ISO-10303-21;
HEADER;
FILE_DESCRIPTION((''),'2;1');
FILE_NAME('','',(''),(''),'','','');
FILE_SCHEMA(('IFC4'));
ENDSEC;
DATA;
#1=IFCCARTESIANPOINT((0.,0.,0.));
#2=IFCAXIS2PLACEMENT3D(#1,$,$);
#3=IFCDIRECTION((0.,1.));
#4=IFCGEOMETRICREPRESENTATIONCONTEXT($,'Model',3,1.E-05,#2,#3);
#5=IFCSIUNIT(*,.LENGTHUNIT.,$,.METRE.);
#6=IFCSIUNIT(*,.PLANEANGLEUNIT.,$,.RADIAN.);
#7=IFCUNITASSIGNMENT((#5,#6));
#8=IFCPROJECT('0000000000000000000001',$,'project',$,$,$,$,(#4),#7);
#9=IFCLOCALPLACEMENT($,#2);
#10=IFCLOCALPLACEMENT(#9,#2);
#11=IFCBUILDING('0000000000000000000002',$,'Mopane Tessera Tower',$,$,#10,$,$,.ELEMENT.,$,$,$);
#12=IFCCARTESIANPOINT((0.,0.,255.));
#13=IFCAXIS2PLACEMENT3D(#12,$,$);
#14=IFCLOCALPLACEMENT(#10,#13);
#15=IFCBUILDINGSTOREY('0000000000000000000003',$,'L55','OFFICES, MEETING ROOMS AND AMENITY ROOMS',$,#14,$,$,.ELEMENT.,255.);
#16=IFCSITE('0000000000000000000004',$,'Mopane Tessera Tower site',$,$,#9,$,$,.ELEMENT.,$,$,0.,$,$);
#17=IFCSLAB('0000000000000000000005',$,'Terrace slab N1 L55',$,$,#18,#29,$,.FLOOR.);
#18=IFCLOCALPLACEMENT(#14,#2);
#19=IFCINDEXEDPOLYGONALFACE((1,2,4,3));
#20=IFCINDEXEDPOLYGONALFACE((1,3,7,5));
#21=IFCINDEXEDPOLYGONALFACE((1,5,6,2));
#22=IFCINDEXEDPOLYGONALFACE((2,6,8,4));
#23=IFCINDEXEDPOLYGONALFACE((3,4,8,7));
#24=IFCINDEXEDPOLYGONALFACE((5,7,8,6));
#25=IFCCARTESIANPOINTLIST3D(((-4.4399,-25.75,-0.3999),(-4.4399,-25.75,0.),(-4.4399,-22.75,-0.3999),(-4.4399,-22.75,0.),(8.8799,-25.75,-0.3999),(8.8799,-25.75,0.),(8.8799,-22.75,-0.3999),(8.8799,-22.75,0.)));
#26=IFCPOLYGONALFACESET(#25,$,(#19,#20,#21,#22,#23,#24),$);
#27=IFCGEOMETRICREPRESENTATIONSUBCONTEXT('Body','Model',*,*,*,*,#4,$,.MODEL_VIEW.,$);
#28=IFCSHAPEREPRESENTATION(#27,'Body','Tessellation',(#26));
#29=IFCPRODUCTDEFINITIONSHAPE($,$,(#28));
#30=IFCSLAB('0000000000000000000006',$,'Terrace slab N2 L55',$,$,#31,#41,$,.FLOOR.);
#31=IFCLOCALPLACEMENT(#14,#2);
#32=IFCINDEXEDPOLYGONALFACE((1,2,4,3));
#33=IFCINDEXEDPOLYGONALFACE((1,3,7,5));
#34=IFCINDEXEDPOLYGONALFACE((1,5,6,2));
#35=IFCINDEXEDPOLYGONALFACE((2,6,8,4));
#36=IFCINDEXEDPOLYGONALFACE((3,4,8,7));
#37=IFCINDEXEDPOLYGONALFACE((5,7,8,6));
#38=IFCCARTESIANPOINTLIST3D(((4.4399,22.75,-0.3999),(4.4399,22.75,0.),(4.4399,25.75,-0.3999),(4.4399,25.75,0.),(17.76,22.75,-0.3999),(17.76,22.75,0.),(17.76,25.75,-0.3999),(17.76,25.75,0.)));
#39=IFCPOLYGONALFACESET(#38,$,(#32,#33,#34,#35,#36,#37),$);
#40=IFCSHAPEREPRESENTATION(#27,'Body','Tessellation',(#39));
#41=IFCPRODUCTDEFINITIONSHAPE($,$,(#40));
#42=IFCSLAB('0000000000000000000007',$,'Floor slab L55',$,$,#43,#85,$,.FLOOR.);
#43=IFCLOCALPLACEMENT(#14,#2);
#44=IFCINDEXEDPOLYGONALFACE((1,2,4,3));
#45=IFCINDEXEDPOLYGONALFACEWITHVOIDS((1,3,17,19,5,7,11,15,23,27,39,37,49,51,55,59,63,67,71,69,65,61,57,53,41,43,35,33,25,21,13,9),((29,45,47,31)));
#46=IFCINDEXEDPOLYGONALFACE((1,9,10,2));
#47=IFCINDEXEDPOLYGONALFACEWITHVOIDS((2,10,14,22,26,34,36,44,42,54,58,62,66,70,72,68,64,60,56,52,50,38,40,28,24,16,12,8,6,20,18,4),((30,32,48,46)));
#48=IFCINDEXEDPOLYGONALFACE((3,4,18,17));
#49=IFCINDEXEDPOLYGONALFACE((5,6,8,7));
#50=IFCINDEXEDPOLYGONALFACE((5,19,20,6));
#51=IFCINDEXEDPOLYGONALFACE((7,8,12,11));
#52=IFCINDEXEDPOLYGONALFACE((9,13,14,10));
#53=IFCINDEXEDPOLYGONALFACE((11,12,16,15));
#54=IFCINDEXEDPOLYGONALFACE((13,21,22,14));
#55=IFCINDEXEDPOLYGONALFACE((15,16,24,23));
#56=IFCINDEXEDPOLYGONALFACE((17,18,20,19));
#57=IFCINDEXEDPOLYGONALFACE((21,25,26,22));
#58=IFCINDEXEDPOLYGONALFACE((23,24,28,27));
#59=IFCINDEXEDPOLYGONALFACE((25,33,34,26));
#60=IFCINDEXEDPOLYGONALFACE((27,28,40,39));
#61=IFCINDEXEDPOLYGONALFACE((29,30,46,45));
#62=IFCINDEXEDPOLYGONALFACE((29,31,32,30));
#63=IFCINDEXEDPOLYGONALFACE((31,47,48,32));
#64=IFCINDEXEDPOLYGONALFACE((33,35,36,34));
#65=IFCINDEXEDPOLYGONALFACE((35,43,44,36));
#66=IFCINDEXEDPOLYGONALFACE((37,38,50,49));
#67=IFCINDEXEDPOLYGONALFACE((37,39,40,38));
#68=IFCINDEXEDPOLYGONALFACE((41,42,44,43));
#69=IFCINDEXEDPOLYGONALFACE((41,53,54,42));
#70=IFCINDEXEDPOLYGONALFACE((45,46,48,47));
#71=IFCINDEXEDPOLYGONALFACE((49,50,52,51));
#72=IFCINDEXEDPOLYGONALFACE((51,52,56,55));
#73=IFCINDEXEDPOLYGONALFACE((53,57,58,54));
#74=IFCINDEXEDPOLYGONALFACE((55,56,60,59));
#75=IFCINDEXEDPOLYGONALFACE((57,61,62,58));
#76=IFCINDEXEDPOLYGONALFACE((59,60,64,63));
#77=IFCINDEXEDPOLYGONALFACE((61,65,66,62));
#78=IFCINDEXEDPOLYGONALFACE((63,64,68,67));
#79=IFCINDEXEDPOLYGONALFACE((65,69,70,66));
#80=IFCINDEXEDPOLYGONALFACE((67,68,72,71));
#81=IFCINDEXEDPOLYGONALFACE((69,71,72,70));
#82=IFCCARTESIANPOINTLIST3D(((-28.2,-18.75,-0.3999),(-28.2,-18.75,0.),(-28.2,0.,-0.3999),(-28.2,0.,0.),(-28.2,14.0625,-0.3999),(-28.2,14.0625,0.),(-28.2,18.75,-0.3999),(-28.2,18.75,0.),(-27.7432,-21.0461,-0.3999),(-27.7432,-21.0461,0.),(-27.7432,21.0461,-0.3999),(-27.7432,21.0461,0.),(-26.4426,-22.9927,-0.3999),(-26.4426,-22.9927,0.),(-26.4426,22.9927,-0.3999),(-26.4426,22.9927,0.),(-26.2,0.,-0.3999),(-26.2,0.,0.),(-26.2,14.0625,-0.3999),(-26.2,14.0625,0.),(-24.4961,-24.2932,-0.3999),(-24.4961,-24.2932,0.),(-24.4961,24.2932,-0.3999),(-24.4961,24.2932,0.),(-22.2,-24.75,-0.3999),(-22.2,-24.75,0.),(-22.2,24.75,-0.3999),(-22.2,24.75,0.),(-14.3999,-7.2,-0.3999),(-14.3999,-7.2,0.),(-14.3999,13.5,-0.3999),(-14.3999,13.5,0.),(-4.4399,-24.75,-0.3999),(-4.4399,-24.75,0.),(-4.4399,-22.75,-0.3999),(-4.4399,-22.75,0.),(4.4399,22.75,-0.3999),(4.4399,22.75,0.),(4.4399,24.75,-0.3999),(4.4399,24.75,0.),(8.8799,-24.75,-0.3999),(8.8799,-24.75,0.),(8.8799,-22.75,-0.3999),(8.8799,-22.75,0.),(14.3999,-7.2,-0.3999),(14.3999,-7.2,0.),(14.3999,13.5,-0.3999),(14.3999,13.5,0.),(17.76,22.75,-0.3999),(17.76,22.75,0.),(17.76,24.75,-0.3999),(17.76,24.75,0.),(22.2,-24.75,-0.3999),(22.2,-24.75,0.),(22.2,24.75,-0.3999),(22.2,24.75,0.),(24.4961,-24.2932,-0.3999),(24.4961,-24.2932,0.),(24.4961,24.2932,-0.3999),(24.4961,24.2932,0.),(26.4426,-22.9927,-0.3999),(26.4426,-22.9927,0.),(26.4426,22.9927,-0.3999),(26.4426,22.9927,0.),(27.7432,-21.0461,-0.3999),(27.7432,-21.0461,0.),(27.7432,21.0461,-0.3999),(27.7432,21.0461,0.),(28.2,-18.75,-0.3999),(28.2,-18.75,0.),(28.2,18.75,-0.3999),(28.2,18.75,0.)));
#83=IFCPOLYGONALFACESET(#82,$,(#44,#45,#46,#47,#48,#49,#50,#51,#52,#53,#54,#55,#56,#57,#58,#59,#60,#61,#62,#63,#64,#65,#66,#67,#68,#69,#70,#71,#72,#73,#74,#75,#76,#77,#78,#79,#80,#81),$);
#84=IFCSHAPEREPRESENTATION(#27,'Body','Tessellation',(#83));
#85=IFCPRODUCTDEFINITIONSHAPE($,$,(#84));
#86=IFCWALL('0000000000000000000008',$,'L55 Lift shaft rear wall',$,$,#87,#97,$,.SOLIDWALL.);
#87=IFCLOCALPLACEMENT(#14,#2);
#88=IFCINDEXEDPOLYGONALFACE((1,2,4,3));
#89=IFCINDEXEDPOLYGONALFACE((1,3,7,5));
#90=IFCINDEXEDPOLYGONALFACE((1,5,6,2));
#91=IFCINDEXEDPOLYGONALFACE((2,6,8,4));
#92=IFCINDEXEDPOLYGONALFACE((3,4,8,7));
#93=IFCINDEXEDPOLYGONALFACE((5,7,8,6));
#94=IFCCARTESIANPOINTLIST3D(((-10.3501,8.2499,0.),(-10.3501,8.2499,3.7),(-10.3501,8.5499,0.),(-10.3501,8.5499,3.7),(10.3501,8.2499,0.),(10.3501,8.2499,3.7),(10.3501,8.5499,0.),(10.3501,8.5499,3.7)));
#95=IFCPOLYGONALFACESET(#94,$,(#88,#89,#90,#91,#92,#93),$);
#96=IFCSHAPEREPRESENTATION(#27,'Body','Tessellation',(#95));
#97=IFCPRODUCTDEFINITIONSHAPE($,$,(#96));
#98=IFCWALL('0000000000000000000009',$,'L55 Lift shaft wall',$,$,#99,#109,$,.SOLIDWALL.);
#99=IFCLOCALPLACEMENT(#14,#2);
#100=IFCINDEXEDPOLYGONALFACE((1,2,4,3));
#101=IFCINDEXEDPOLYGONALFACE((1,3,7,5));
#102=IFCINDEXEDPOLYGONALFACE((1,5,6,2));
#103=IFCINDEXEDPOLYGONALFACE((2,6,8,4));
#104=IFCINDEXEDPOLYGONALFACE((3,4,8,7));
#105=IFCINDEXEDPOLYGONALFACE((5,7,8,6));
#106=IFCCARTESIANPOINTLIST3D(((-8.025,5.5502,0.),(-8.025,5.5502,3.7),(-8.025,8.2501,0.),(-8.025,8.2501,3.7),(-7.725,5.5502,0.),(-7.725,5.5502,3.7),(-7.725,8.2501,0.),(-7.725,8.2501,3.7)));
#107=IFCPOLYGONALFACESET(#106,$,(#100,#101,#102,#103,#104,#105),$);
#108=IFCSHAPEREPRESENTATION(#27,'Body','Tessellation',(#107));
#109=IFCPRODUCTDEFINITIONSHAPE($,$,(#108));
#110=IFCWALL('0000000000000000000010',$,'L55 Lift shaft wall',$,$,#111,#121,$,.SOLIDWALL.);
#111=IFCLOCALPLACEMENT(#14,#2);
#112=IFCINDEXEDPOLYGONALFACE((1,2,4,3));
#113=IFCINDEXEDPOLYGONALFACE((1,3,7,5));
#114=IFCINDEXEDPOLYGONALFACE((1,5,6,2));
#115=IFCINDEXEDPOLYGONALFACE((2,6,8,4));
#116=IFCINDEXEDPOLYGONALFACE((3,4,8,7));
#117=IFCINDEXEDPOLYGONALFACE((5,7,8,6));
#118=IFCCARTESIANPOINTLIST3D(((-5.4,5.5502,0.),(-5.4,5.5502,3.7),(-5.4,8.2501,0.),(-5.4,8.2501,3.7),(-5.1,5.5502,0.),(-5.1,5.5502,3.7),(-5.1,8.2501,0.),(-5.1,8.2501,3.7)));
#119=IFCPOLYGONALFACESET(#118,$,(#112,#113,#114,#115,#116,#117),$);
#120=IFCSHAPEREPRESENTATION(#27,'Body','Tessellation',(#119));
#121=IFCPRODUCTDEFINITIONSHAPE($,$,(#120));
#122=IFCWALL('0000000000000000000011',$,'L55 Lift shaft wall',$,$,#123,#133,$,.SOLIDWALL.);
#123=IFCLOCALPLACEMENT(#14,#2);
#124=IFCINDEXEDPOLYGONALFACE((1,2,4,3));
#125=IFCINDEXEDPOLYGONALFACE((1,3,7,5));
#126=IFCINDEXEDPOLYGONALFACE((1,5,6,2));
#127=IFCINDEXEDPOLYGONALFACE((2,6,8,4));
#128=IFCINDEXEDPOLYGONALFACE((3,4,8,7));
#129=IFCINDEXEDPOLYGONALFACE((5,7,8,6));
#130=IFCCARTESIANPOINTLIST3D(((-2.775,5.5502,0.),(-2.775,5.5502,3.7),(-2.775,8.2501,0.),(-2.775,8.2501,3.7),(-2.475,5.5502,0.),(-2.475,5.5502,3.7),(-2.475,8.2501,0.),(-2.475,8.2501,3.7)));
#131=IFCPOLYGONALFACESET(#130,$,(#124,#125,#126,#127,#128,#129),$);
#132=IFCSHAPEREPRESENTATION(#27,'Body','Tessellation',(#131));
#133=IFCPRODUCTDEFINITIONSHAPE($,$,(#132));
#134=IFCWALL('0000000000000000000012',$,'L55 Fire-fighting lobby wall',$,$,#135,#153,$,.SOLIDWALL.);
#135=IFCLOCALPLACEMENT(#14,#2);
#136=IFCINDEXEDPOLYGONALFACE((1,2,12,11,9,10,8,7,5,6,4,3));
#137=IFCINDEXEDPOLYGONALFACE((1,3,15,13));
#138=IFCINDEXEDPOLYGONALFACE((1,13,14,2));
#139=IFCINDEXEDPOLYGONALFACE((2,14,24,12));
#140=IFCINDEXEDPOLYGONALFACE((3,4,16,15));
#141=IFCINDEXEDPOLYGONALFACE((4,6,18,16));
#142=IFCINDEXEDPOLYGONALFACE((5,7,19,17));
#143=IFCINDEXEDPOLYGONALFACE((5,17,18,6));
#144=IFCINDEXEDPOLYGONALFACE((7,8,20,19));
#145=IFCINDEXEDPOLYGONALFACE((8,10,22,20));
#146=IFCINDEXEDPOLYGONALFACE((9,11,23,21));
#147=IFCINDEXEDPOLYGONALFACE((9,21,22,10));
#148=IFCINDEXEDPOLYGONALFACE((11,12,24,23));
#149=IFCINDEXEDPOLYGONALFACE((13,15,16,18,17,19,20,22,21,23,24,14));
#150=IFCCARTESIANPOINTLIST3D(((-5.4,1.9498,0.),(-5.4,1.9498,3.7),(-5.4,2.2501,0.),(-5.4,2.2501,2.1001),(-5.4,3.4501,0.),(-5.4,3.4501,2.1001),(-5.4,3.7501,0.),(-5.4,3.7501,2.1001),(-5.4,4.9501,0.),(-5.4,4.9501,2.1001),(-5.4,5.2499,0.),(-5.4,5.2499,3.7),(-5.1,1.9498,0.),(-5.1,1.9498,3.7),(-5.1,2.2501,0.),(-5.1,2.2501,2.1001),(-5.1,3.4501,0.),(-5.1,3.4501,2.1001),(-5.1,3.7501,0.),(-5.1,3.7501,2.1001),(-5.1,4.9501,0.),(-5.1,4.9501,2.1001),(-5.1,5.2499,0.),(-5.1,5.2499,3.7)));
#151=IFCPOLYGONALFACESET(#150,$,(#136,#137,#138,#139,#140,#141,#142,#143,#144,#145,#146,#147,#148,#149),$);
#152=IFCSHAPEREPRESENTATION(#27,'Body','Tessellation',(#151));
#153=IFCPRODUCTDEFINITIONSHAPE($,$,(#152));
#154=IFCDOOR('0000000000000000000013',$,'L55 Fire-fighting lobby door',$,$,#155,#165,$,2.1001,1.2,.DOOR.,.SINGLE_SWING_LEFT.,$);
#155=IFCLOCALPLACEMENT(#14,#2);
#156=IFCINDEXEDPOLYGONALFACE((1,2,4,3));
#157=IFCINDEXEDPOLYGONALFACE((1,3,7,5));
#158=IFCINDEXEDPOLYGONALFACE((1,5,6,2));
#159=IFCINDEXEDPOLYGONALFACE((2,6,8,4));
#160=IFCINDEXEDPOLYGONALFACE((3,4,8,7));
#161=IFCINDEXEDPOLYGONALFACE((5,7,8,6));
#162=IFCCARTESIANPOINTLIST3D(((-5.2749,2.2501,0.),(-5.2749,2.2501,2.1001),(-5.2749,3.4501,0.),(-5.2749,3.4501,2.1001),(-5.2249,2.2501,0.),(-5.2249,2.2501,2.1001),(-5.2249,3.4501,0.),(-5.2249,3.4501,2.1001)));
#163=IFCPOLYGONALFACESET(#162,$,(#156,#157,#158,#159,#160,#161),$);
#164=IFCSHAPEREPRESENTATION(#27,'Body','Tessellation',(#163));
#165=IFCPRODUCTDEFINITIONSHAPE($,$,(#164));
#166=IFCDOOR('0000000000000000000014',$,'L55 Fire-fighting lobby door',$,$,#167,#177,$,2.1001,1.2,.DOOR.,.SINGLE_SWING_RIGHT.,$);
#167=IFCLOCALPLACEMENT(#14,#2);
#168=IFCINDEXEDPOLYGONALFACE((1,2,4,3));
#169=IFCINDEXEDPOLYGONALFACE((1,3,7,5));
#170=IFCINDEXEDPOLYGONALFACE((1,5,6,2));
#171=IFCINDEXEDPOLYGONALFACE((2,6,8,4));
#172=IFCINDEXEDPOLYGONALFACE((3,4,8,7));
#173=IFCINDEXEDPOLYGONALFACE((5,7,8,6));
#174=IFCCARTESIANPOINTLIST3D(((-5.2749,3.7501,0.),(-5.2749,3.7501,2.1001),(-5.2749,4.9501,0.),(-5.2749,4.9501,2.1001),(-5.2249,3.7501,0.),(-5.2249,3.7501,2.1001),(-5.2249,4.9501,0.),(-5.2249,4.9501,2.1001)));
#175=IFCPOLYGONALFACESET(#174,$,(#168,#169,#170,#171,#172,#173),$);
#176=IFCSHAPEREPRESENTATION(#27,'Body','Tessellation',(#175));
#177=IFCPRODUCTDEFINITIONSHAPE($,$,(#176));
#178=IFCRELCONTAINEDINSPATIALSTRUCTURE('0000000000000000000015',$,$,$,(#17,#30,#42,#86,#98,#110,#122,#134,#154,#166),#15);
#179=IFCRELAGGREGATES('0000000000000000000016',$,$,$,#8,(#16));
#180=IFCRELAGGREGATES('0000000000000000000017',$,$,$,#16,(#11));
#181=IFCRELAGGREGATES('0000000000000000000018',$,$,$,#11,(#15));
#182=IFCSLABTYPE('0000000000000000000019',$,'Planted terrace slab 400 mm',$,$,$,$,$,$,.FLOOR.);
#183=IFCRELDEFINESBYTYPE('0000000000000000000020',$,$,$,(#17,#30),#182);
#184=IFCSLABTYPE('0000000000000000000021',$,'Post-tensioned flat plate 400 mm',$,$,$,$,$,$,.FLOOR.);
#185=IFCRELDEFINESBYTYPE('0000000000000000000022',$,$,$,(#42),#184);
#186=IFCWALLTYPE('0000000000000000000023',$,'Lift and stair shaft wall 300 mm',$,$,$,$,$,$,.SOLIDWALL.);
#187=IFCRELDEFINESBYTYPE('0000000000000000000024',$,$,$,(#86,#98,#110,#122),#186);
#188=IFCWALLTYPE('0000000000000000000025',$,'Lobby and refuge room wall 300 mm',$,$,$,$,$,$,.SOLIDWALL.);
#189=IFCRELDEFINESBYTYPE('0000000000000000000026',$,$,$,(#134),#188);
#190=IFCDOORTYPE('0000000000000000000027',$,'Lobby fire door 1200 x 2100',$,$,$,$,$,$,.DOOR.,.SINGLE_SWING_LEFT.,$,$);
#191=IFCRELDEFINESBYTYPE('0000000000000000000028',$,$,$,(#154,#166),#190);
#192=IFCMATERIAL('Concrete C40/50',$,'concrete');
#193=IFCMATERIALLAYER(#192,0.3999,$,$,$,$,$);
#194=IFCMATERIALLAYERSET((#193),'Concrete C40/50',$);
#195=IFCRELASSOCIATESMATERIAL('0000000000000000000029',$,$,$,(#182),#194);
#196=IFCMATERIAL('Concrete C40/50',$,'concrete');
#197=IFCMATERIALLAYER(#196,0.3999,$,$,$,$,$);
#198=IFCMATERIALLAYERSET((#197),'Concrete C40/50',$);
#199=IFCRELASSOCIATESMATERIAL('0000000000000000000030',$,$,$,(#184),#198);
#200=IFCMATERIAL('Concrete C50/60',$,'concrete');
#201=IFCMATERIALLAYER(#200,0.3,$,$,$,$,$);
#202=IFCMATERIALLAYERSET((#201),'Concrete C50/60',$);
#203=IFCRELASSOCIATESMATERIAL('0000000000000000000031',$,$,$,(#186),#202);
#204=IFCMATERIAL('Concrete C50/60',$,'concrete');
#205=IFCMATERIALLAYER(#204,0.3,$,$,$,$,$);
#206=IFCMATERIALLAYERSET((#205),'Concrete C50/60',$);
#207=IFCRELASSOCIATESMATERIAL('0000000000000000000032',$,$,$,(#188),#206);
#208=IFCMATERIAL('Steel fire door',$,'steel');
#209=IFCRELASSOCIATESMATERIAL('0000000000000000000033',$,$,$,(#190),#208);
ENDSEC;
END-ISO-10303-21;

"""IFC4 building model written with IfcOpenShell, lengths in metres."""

from ifc_helpers import new_model, si_unit, direction, frame, frame_2d, origin, place, context, subcontext, project, spatial, polyline, rectangle, outline, extrude, material, layer, layer_set, type_object, element, fill, save


model = new_model("IFC4")

# Units and contexts
model_context = context("Model", 3, precision=1e-05, world=origin(), true_north=direction((0.0, 1.0)))
body_context = subcontext(model_context, "Body", "Model", "MODEL_VIEW")
ifc_project = project(units=[si_unit("LENGTHUNIT", "METRE"), si_unit("PLANEANGLEUNIT", "RADIAN")], contexts=[model_context])

# Site, building, storey
site_placement = place(None, origin())
site = spatial("IfcSite", under=ifc_project, at=site_placement, Name="Mopane Tessera Tower site", CompositionType="ELEMENT", RefElevation=0.0)
building_placement = place(site_placement, origin())
building = spatial("IfcBuilding", under=site, at=building_placement, Name="Mopane Tessera Tower", CompositionType="ELEMENT")
storey_placement = place(building_placement, frame((0.0, 0.0, 255.0)))
storey = spatial("IfcBuildingStorey", under=building, at=storey_placement, Name="L55", Description="OFFICES, MEETING ROOMS AND AMENITY ROOMS", CompositionType="ELEMENT", Elevation=255.0)

# Slabs
ifc_material_1 = material(Name="Concrete C40/50", Category="concrete")
ifc_layer_1 = layer(ifc_material_1, 0.3999)
ifc_layer_set_1 = layer_set([ifc_layer_1], Name="Concrete C40/50")
slab_type_1 = type_object("IfcSlabType", Name="Planted terrace slab 400 mm", PredefinedType="FLOOR", material=ifc_layer_set_1)
slab_1_placement = place(storey_placement, frame((0.0, 0.0, -0.3999)))
element("IfcSlab", 1, at=slab_1_placement, inside=storey, type_object=slab_type_1, Name="Terrace slab N1 L55", PredefinedType="FLOOR", context=body_context, shape_type="SweptSolid", body=[
    extrude(outline(polyline([(8.8799, -25.75), (8.8799, -22.75), (-4.4399, -22.75), (-4.4399, -25.75), (8.8799, -25.75)])), origin(), (0.0, 0.0, 1.0), 0.3999),
])
slab_2_placement = place(storey_placement, frame((0.0, 0.0, -0.3999)))
element("IfcSlab", 2, at=slab_2_placement, inside=storey, type_object=slab_type_1, Name="Terrace slab N2 L55", PredefinedType="FLOOR", context=body_context, shape_type="SweptSolid", body=[
    extrude(outline(polyline([(4.4399, 25.75), (4.4399, 22.75), (17.76, 22.75), (17.76, 25.75), (4.4399, 25.75)])), origin(), (0.0, 0.0, 1.0), 0.3999),
])
ifc_material_2 = material(Name="Concrete C40/50", Category="concrete")
ifc_layer_2 = layer(ifc_material_2, 0.3999)
ifc_layer_set_2 = layer_set([ifc_layer_2], Name="Concrete C40/50")
slab_type_2 = type_object("IfcSlabType", Name="Post-tensioned flat plate 400 mm", PredefinedType="FLOOR", material=ifc_layer_set_2)
slab_3_placement = place(storey_placement, frame((0.0, 0.0, -0.3999)))
element("IfcSlab", 3, at=slab_3_placement, inside=storey, type_object=slab_type_2, Name="Floor slab L55", PredefinedType="FLOOR", context=body_context, shape_type="SweptSolid", body=[
    extrude(outline(polyline([(-22.2, -24.75), (-4.4399, -24.75), (-4.4399, -22.75), (8.8799, -22.75), (8.8799, -24.75), (22.2, -24.75), (24.4961, -24.2932), (26.4426, -22.9927), (27.7432, -21.0461), (28.2, -18.75), (28.2, 18.75), (27.7432, 21.0461), (26.4426, 22.9927), (24.4961, 24.2932), (22.2, 24.75), (17.76, 24.75), (17.76, 22.75), (4.4399, 22.75), (4.4399, 24.75), (-22.2, 24.75), (-24.4961, 24.2932), (-26.4426, 22.9927), (-27.7432, 21.0461), (-28.2, 18.75), (-28.2, 14.0625), (-26.2, 14.0625), (-26.2, 0.0), (-28.2, 0.0), (-28.2, -18.75), (-27.7432, -21.0461), (-26.4426, -22.9927), (-24.4961, -24.2932), (-22.2, -24.75)]), holes=[polyline([(14.3999, -7.2), (-14.3999, -7.2), (-14.3999, 13.5), (14.3999, 13.5), (14.3999, -7.2)])]), origin(), (0.0, 0.0, 1.0), 0.3999),
])

# Walls
ifc_material_3 = material(Name="Concrete C50/60", Category="concrete")
ifc_layer_3 = layer(ifc_material_3, 0.3)
ifc_layer_set_3 = layer_set([ifc_layer_3], Name="Concrete C50/60")
wall_type_1 = type_object("IfcWallType", Name="Lift and stair shaft wall 300 mm", PredefinedType="SOLIDWALL", material=ifc_layer_set_3)
wall_1_placement = place(storey_placement, frame((-10.3501, 8.3999, 0.0), z_axis=(0.0, 0.0, 1.0), x_axis=(1.0, 0.0, 0.0)))
element("IfcWall", 4, at=wall_1_placement, inside=storey, type_object=wall_type_1, Name="L55 Lift shaft rear wall", PredefinedType="SOLIDWALL", context=body_context, shape_type="SweptSolid", body=[
    extrude(rectangle(XDim=20.7002, YDim=0.3, at=frame_2d((10.3501, 0.0))), origin(), (0.0, 0.0, 1.0), 3.7),
])
for number, where, z_axis, x_axis, name in (
    (5, (-7.875, 5.55, 0.0), (0.0, 0.0, 1.0), (0.0, 1.0, 0.0), "L55 Lift shaft wall"),
    (6, (-5.25, 5.55, 0.0), (0.0, 0.0, 1.0), (0.0, 1.0, 0.0), "L55 Lift shaft wall"),
    (7, (-2.625, 5.55, 0.0), (0.0, 0.0, 1.0), (0.0, 1.0, 0.0), "L55 Lift shaft wall"),
):
    element("IfcWall", number, at=place(storey_placement, frame(where, z_axis=z_axis, x_axis=x_axis)), inside=storey, type_object=wall_type_1, Name=name, PredefinedType="SOLIDWALL", context=body_context, shape_type="SweptSolid", body=[
        extrude(rectangle(XDim=2.7, YDim=0.3, at=frame_2d((1.3501, 0.0))), origin(), (0.0, 0.0, 1.0), 3.7),
    ])

# Wall, openings, doors
ifc_material_4 = material(Name="Concrete C50/60", Category="concrete")
ifc_layer_4 = layer(ifc_material_4, 0.3)
ifc_layer_set_4 = layer_set([ifc_layer_4], Name="Concrete C50/60")
wall_type_2 = type_object("IfcWallType", Name="Lobby and refuge room wall 300 mm", PredefinedType="SOLIDWALL", material=ifc_layer_set_4)
wall_2_placement = place(storey_placement, frame((-5.25, 1.95, 0.0), z_axis=(0.0, 0.0, 1.0), x_axis=(0.0, 1.0, 0.0)))
wall_2 = element("IfcWall", 8, at=wall_2_placement, inside=storey, type_object=wall_type_2, Name="L55 Fire-fighting lobby wall", PredefinedType="SOLIDWALL", context=body_context, shape_type="SweptSolid", body=[
    extrude(rectangle(XDim=3.3, YDim=0.3, at=frame_2d((1.6499, 0.0))), origin(), (0.0, 0.0, 1.0), 3.7),
])
opening_1_placement = place(wall_2_placement, frame((0.3, 0.0, 0.0)))
opening_1 = element("IfcOpeningElement", 9, at=opening_1_placement, cuts=wall_2, PredefinedType="OPENING", context=body_context, shape_type="SweptSolid", body=[
    extrude(rectangle(XDim=1.2, YDim=2.1001, at=frame_2d((0.6001, 1.05))), frame((0.0, 0.1621, 0.0), z_axis=(0.0, -1.0, 0.0), x_axis=(1.0, 0.0, 0.0)), (0.0, 0.0, 1.0), 0.324),
])
opening_2_placement = place(wall_2_placement, frame((1.8, 0.0, 0.0)))
opening_2 = element("IfcOpeningElement", 10, at=opening_2_placement, cuts=wall_2, PredefinedType="OPENING", context=body_context, shape_type="SweptSolid", body=[
    extrude(rectangle(XDim=1.2, YDim=2.1001, at=frame_2d((0.6001, 1.05))), frame((0.0, 0.1621, 0.0), z_axis=(0.0, -1.0, 0.0), x_axis=(1.0, 0.0, 0.0)), (0.0, 0.0, 1.0), 0.324),
])
ifc_material_5 = material(Name="Steel fire door", Category="steel")
door_type = type_object("IfcDoorType", Name="Lobby fire door 1200 x 2100", OperationType="SINGLE_SWING_LEFT", PredefinedType="DOOR", material=ifc_material_5)
door_1_placement = place(opening_1_placement, origin())
door_1 = element("IfcDoor", 11, at=door_1_placement, inside=storey, type_object=door_type, Name="L55 Fire-fighting lobby door", OperationType="SINGLE_SWING_LEFT", OverallHeight=2.1001, OverallWidth=1.2, PredefinedType="DOOR", context=body_context, shape_type="SweptSolid", body=[
    extrude(rectangle(XDim=1.2, YDim=2.1001, at=frame_2d((0.6001, 1.05))), frame((0.0, 0.0249, 0.0), z_axis=(0.0, -1.0, 0.0), x_axis=(1.0, 0.0, 0.0)), (0.0, 0.0, 1.0), 0.05),
])
fill(opening_1, door_1)
door_2_placement = place(opening_2_placement, origin())
door_2 = element("IfcDoor", 12, at=door_2_placement, inside=storey, type_object=door_type, Name="L55 Fire-fighting lobby door", OperationType="SINGLE_SWING_RIGHT", OverallHeight=2.1001, OverallWidth=1.2, PredefinedType="DOOR", context=body_context, shape_type="SweptSolid", body=[
    extrude(rectangle(XDim=1.2, YDim=2.1001, at=frame_2d((0.6001, 1.05))), frame((0.0, 0.0249, 0.0), z_axis=(0.0, -1.0, 0.0), x_axis=(1.0, 0.0, 0.0)), (0.0, 0.0, 1.0), 0.05),
])
fill(opening_2, door_2)

save(model, "model.ifc")
